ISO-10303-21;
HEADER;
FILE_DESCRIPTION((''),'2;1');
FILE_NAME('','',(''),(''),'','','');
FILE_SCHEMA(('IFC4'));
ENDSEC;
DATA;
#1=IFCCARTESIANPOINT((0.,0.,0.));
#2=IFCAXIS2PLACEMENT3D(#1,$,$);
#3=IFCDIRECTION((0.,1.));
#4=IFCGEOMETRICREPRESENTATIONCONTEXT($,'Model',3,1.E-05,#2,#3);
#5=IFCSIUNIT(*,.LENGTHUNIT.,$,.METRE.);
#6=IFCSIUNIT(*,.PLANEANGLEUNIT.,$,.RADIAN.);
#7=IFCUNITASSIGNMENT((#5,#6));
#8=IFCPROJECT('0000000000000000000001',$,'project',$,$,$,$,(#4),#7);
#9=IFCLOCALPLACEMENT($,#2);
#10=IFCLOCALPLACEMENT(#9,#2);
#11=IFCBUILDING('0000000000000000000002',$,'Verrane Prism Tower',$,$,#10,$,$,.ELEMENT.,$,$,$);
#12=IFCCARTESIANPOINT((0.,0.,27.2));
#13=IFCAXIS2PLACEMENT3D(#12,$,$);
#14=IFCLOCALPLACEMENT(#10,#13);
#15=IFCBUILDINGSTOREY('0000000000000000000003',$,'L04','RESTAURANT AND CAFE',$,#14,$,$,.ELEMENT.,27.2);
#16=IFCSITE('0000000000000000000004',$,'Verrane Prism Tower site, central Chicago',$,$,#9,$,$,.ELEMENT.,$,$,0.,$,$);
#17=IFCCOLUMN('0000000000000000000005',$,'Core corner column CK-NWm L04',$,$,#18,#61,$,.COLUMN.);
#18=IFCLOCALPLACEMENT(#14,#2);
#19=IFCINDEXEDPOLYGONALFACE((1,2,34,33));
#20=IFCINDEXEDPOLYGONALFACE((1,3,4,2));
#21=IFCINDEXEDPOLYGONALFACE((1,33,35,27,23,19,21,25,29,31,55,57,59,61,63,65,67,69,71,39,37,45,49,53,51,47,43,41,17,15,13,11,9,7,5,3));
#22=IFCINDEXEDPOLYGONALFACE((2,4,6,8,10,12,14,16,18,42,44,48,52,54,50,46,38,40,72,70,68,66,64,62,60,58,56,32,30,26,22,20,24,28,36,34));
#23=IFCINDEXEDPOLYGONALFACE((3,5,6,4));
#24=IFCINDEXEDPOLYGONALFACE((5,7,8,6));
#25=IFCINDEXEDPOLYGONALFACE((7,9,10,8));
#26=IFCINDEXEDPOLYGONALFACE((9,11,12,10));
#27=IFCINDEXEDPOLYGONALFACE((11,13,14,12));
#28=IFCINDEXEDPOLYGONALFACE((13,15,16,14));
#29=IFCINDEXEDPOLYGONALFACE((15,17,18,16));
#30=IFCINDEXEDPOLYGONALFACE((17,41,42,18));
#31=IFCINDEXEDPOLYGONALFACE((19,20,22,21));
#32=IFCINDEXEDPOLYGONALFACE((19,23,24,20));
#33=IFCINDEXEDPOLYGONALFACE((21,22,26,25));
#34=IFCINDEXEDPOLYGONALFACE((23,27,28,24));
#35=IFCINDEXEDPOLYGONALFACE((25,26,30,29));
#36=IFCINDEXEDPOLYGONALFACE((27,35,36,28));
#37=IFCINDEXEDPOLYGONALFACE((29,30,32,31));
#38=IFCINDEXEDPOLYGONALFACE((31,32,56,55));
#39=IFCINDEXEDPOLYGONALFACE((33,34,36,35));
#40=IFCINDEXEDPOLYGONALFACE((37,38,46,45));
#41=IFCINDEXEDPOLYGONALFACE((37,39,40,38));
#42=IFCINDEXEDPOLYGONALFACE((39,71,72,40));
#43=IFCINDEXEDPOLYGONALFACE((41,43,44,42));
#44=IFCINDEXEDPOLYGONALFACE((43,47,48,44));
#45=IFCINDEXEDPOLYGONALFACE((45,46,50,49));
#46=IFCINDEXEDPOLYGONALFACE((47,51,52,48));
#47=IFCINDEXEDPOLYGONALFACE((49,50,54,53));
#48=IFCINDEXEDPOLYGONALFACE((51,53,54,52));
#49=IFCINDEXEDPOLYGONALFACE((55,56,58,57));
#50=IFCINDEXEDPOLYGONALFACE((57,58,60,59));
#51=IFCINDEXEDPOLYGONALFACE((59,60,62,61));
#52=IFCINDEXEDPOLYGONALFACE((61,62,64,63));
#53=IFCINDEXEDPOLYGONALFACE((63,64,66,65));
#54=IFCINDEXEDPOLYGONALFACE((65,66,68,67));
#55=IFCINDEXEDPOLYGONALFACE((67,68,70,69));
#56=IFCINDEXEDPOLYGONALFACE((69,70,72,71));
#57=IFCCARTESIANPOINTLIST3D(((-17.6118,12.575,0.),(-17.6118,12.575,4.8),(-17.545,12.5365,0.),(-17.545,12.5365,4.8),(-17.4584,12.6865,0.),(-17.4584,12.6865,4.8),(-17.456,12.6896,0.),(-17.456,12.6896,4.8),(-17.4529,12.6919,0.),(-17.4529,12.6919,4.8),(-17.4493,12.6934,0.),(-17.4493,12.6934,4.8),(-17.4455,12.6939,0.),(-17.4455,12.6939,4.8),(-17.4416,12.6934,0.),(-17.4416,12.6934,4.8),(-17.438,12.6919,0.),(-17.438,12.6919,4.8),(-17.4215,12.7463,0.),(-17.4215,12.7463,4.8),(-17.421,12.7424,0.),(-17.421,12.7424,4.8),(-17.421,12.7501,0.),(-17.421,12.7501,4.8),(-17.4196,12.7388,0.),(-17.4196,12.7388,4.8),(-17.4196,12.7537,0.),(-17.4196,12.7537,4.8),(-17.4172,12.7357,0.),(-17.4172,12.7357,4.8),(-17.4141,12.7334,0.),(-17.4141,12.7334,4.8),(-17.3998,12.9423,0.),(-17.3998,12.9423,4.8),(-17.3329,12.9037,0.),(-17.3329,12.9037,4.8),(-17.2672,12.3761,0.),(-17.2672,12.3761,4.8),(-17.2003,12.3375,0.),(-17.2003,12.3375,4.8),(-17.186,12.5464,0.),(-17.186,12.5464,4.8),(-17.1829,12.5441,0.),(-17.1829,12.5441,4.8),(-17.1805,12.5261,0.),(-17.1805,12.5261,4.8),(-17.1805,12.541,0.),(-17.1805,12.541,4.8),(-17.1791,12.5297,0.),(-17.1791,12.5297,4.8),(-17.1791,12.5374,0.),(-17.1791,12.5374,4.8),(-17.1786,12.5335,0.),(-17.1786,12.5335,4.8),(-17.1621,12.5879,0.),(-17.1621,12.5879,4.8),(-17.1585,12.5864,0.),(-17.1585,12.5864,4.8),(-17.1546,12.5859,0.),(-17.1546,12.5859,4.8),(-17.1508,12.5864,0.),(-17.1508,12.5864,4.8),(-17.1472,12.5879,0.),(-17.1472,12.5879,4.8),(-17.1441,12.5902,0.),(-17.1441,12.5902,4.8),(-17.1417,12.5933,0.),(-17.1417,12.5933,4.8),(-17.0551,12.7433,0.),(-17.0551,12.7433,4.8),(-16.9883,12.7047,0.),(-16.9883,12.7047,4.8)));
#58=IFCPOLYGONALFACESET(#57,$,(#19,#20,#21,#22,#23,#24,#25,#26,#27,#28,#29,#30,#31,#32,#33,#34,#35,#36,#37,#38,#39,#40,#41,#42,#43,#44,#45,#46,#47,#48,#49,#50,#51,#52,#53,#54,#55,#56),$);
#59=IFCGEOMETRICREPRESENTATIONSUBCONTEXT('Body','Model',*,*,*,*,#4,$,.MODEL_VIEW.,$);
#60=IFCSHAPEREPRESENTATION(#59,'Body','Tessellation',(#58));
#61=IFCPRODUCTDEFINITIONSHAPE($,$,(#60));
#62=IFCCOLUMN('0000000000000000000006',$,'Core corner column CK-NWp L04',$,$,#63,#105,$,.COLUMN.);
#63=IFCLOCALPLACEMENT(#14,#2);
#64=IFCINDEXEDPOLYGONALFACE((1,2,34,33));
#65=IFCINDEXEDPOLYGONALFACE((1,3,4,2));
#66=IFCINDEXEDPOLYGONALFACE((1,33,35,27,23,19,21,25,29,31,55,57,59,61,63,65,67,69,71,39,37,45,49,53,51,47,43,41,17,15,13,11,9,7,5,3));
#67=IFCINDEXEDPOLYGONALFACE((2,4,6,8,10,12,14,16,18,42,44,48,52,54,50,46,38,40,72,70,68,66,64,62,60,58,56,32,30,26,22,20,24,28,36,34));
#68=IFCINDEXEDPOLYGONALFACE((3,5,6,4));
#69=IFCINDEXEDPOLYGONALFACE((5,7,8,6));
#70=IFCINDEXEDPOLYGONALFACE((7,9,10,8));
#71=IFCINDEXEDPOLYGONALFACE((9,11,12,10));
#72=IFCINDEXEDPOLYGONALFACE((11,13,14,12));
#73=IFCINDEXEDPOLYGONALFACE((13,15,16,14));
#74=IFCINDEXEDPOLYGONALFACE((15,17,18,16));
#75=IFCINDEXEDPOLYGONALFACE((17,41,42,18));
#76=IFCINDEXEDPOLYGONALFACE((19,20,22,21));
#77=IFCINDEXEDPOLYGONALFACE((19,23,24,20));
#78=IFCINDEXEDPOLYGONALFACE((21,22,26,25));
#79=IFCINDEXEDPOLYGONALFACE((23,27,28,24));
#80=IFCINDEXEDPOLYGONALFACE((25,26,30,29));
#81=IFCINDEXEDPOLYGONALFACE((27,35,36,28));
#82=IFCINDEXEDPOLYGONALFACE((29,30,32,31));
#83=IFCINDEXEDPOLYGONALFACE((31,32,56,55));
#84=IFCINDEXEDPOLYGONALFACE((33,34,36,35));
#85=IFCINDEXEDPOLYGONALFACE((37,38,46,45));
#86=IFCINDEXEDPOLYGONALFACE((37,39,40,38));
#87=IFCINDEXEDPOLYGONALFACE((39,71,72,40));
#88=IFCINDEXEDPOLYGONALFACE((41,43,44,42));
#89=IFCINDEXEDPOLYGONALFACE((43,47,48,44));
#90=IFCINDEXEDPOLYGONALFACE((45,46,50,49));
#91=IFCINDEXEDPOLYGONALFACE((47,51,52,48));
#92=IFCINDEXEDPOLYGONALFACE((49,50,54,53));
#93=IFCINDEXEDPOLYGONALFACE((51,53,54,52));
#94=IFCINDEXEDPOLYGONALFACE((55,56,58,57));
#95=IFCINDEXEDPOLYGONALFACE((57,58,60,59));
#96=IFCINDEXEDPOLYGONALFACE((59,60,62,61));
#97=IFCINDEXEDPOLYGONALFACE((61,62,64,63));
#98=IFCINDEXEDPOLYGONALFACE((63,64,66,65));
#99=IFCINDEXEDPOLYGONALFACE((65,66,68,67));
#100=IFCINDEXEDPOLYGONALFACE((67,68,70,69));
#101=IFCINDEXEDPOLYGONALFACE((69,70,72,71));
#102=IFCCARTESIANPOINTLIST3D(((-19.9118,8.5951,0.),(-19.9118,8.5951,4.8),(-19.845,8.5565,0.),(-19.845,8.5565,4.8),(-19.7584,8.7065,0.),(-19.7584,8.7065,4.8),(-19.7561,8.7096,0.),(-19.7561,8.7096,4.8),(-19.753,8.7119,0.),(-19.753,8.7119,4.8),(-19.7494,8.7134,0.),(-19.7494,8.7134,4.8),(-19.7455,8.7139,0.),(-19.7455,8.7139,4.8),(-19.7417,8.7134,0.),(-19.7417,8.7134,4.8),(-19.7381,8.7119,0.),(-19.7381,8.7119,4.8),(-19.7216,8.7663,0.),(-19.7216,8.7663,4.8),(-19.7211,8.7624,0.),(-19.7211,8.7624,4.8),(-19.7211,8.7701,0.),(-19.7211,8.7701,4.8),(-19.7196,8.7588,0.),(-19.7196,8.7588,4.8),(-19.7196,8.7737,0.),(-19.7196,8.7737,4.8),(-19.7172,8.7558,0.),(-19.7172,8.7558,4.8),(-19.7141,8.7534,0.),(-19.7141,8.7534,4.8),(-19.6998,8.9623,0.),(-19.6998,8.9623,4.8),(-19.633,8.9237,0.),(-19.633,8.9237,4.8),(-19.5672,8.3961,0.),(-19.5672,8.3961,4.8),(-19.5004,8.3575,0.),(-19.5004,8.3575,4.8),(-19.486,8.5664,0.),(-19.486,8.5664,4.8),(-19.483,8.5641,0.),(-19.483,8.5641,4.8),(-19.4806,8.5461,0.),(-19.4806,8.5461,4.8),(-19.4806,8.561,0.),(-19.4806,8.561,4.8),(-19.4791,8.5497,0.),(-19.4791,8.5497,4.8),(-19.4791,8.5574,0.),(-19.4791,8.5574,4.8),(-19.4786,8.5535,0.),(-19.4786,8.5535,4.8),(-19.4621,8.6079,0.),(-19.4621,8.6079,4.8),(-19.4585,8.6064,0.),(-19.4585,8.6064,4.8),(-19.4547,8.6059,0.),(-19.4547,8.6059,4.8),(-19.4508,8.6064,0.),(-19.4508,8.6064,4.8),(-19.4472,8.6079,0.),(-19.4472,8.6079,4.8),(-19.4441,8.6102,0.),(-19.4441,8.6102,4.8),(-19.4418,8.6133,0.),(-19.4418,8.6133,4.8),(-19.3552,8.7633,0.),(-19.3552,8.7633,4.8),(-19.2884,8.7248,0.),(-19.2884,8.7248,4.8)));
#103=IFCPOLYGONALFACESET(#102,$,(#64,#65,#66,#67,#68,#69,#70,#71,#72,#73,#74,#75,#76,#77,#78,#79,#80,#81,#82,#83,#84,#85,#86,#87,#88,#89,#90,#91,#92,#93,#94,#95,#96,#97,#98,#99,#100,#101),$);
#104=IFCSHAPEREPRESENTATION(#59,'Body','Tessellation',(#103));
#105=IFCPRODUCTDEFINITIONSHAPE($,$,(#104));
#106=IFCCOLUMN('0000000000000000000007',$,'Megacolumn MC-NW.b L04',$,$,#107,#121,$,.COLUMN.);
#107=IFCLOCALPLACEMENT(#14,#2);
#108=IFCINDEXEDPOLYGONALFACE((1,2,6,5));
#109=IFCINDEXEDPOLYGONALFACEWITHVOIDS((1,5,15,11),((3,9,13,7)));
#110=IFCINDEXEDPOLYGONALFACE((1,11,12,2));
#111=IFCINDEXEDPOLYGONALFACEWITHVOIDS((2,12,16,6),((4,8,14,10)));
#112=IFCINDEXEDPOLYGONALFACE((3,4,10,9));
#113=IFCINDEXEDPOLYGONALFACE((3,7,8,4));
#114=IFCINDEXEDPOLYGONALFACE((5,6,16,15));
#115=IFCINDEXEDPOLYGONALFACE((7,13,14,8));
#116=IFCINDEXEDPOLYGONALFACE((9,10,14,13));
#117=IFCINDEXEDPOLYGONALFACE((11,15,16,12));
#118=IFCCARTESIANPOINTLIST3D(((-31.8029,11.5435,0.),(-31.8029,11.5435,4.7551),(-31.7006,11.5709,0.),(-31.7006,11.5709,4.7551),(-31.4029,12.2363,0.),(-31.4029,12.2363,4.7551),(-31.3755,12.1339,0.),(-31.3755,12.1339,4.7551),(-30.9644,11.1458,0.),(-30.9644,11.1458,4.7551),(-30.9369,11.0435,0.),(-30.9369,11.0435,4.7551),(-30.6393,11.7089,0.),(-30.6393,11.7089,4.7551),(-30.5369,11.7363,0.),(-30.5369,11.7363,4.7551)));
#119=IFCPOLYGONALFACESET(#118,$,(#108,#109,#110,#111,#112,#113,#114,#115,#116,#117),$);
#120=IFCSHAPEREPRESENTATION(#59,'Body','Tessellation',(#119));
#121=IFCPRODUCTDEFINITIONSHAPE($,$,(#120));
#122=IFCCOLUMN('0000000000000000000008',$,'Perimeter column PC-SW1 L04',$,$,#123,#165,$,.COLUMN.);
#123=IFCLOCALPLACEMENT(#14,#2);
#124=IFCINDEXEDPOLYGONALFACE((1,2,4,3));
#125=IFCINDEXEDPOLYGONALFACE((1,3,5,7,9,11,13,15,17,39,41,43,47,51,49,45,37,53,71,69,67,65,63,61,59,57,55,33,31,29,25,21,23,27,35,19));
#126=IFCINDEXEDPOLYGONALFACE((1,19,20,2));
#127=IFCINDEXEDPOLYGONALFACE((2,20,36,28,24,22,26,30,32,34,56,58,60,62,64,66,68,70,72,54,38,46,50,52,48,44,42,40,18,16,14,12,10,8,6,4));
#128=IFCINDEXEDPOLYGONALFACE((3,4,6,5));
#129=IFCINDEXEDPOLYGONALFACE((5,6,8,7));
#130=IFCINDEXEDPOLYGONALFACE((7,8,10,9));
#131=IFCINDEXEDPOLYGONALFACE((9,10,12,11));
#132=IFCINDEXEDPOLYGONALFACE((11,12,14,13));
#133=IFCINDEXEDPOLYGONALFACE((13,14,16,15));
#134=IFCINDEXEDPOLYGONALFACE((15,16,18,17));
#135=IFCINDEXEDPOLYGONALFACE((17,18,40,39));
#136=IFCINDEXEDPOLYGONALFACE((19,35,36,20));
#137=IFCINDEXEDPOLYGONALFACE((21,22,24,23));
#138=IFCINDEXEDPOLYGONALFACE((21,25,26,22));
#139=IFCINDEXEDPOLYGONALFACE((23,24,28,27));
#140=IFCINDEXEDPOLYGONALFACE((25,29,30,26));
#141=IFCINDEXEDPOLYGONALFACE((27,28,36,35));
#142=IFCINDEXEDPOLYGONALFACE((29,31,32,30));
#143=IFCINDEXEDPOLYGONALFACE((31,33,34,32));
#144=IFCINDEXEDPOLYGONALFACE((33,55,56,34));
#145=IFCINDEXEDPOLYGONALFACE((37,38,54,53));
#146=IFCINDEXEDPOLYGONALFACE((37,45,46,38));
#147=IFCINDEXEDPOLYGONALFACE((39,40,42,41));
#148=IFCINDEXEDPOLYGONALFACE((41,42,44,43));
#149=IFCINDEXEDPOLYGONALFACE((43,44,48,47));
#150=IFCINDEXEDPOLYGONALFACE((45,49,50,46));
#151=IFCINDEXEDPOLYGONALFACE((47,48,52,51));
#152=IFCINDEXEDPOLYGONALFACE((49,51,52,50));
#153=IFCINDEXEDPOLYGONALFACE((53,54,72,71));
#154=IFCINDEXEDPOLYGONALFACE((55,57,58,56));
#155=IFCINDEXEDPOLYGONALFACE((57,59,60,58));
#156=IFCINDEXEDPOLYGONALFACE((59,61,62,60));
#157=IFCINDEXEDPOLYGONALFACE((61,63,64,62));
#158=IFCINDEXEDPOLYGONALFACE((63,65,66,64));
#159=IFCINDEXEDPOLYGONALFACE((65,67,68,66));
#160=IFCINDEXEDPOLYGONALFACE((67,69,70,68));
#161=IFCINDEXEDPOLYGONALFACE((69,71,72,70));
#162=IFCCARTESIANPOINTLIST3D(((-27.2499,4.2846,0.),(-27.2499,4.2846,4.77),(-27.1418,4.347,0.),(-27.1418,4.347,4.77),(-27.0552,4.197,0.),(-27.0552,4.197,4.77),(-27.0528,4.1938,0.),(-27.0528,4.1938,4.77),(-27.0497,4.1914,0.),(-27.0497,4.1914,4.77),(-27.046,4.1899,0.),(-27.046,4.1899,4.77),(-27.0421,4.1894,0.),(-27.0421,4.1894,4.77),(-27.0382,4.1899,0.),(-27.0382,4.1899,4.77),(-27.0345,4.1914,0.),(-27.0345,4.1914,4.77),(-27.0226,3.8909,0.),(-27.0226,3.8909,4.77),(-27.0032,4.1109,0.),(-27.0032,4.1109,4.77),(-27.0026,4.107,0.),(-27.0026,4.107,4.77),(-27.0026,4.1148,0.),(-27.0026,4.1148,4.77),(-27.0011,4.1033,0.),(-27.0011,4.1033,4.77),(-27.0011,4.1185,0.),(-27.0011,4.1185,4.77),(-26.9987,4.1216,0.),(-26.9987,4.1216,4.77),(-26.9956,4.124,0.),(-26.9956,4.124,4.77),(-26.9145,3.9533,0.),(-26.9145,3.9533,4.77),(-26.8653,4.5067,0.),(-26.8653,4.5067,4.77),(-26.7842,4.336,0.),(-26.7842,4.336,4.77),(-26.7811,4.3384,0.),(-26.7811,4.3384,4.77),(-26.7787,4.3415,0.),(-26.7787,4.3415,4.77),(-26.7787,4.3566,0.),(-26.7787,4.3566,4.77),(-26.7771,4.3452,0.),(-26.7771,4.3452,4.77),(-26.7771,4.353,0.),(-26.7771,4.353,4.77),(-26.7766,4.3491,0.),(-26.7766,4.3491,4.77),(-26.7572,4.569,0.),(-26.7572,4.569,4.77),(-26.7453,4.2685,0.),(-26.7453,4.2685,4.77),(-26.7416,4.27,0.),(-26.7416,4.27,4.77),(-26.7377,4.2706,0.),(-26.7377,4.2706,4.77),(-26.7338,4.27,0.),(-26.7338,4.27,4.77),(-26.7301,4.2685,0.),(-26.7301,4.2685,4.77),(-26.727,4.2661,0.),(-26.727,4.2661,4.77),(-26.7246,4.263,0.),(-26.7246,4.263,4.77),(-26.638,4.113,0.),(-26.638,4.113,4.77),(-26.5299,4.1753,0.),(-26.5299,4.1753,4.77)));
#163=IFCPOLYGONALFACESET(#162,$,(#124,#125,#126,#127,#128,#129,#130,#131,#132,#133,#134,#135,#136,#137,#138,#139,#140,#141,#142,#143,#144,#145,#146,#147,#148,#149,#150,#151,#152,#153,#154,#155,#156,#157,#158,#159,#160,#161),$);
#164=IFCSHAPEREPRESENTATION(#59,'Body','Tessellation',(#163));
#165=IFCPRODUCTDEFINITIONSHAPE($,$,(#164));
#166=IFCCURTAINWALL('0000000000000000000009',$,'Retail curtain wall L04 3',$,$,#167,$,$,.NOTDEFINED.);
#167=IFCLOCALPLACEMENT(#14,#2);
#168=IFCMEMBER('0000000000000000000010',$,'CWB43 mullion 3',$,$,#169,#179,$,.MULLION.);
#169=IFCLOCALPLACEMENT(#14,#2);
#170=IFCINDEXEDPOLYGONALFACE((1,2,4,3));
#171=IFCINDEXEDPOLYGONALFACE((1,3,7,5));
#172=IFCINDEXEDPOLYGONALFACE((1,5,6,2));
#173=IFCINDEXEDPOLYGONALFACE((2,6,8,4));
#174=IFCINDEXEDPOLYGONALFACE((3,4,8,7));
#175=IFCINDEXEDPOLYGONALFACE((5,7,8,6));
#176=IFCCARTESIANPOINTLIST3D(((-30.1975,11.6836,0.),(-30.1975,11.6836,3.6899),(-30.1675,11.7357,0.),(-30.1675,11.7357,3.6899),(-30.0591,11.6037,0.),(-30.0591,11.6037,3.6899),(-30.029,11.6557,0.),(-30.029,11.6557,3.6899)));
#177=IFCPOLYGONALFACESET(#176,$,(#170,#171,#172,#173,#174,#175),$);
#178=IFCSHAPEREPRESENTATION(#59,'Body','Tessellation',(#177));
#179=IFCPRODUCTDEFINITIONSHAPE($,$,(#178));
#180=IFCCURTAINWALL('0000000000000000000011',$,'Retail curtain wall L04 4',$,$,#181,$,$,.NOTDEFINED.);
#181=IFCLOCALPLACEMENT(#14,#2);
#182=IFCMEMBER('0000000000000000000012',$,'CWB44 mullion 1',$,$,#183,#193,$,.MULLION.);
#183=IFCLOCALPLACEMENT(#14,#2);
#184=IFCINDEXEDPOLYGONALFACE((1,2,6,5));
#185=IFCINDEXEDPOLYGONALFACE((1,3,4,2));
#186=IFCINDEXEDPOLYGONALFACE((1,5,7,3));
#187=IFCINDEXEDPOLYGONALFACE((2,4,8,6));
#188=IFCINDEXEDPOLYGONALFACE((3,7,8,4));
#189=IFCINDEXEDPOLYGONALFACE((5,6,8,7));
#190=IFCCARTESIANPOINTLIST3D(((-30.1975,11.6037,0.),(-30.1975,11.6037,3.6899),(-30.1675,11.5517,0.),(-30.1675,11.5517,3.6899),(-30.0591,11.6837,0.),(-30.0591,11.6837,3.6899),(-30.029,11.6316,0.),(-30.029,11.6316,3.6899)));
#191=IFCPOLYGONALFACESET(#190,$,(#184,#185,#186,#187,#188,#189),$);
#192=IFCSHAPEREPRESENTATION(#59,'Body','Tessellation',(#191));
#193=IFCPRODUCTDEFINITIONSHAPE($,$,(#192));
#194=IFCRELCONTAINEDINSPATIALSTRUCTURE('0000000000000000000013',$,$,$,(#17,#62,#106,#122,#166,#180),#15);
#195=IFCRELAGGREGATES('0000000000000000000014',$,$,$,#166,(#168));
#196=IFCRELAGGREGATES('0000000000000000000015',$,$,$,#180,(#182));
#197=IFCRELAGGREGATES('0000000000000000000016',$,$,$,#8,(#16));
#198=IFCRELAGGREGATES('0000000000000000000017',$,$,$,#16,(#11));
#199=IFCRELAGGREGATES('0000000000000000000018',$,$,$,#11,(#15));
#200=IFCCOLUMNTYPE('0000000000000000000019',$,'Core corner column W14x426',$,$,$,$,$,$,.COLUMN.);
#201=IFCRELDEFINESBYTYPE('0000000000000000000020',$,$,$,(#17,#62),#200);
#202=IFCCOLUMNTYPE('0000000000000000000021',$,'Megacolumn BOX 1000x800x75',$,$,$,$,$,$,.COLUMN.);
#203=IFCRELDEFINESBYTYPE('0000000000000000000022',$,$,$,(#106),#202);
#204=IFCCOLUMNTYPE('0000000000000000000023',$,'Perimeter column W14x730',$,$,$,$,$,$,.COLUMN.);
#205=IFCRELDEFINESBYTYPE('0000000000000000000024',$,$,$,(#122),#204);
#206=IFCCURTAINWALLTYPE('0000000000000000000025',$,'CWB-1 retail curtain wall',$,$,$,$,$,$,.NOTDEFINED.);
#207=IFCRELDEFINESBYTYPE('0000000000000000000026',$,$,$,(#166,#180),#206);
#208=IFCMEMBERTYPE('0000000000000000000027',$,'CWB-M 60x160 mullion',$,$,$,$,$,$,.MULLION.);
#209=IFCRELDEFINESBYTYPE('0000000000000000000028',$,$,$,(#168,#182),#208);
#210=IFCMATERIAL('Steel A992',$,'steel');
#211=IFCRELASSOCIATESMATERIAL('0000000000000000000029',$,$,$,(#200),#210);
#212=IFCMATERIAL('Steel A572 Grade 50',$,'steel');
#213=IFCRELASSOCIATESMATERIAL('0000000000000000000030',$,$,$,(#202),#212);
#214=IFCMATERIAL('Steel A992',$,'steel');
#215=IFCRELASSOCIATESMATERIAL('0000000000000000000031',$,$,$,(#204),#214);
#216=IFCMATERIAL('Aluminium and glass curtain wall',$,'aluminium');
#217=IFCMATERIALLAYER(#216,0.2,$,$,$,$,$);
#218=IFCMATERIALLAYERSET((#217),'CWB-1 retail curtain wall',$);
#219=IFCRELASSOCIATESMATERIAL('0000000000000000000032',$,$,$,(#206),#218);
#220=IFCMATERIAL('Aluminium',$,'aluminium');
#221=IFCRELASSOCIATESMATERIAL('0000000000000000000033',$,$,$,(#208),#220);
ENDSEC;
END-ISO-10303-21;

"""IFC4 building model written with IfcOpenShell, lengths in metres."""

from ifc_helpers import new_model, si_unit, direction, frame, origin, origin_2d, place, context, subcontext, project, spatial, rectangle, hollow_rectangle, i_section, extrude, material, layer, layer_set, material_profile, profile_set, type_object, element, aggregate, save


model = new_model("IFC4")

# Units and contexts
model_context = context("Model", 3, precision=1e-05, world=origin(), true_north=direction((0.0, 1.0)))
body_context = subcontext(model_context, "Body", "Model", "MODEL_VIEW")
ifc_project = project(units=[si_unit("LENGTHUNIT", "METRE"), si_unit("PLANEANGLEUNIT", "RADIAN")], contexts=[model_context])

# Site, building, storey
site_placement = place(None, origin())
site = spatial("IfcSite", under=ifc_project, at=site_placement, Name="Verrane Prism Tower site, central Chicago", CompositionType="ELEMENT", RefElevation=0.0)
building_placement = place(site_placement, origin())
building = spatial("IfcBuilding", under=site, at=building_placement, Name="Verrane Prism Tower", CompositionType="ELEMENT")
storey_placement = place(building_placement, frame((0.0, 0.0, 27.2)))
storey = spatial("IfcBuildingStorey", under=building, at=storey_placement, Name="L04", Description="RESTAURANT AND CAFE", CompositionType="ELEMENT", Elevation=27.2)

# Columns
ifc_material_1 = material(Name="Steel A992", Category="steel")
ifc_material_profile_1 = material_profile(ifc_material_1, i_section(OverallWidth=0.4241, OverallDepth=0.4751, WebThickness=0.0479, FlangeThickness=0.0771, FilletRadius=0.0149, at=origin_2d()), Name="W14x426")
ifc_profile_set_1 = profile_set([ifc_material_profile_1], Name="Steel A992")
column_type_1 = type_object("IfcColumnType", Name="Core corner column W14x426", PredefinedType="COLUMN", material=ifc_profile_set_1)
for number, where, z_axis, x_axis, name in (
    (1, (-17.3, 12.6399, 0.0), (0.0, 0.0, 1.0), (0.5, 0.866025, 0.0), "Core corner column CK-NWm L04"),
    (2, (-19.6001, 8.6599, 0.0), (0.0, 0.0, 1.0), (0.5, 0.866025, 0.0), "Core corner column CK-NWp L04"),
):
    element("IfcColumn", number, at=place(storey_placement, frame(where, z_axis=z_axis, x_axis=x_axis)), inside=storey, type_object=column_type_1, Name=name, PredefinedType="COLUMN", context=body_context, shape_type="SweptSolid", body=[
        extrude(i_section(OverallWidth=0.4241, OverallDepth=0.4751, WebThickness=0.0479, FlangeThickness=0.0771, FilletRadius=0.0149, at=origin_2d()), origin(), (0.0, 0.0, 1.0), 4.8),
    ])
ifc_material_2 = material(Name="Steel A572 Grade 50", Category="steel")
ifc_material_profile_2 = material_profile(ifc_material_2, hollow_rectangle(XDim=0.8, YDim=1.0, WallThickness=0.075, at=origin_2d()), Name="BOX 1000x800x75")
ifc_profile_set_2 = profile_set([ifc_material_profile_2], Name="Steel A572 Grade 50")
column_type_2 = type_object("IfcColumnType", Name="Megacolumn BOX 1000x800x75", PredefinedType="COLUMN", material=ifc_profile_set_2)
column_1_placement = place(storey_placement, frame((-31.1699, 11.6399, 0.0), z_axis=(0.0, 0.0, 1.0), x_axis=(0.5, 0.866025, 0.0)))
element("IfcColumn", 3, at=column_1_placement, inside=storey, type_object=column_type_2, Name="Megacolumn MC-NW.b L04", PredefinedType="COLUMN", context=body_context, shape_type="SweptSolid", body=[
    extrude(hollow_rectangle(XDim=0.8, YDim=1.0, WallThickness=0.075, at=origin_2d()), origin(), (0.0, 0.0, 1.0), 4.7551),
])
ifc_material_3 = material(Name="Steel A992", Category="steel")
ifc_material_profile_3 = material_profile(ifc_material_3, i_section(OverallWidth=0.4546, OverallDepth=0.5688, WebThickness=0.0779, FlangeThickness=0.1248, FilletRadius=0.0151, at=origin_2d()), Name="W14x730")
ifc_profile_set_3 = profile_set([ifc_material_profile_3], Name="Steel A992")
column_type_3 = type_object("IfcColumnType", Name="Perimeter column W14x730", PredefinedType="COLUMN", material=ifc_profile_set_3)
column_2_placement = place(storey_placement, frame((-26.8899, 4.23, 0.0), z_axis=(0.0, 0.0, 1.0), x_axis=(-0.5, 0.866025, 0.0)))
element("IfcColumn", 4, at=column_2_placement, inside=storey, type_object=column_type_3, Name="Perimeter column PC-SW1 L04", PredefinedType="COLUMN", context=body_context, shape_type="SweptSolid", body=[
    extrude(i_section(OverallWidth=0.4546, OverallDepth=0.5688, WebThickness=0.0779, FlangeThickness=0.1248, FilletRadius=0.0151, at=origin_2d()), origin(), (0.0, 0.0, 1.0), 4.77),
])

# Curtain wall, member
ifc_material_4 = material(Name="Aluminium and glass curtain wall", Category="aluminium")
ifc_layer_1 = layer(ifc_material_4, 0.2)
ifc_layer_set_1 = layer_set([ifc_layer_1], Name="CWB-1 retail curtain wall")
curtain_wall_type = type_object("IfcCurtainWallType", Name="CWB-1 retail curtain wall", PredefinedType="NOTDEFINED", material=ifc_layer_set_1)
curtain_wall_1_placement = place(storey_placement, origin())
curtain_wall_1 = element("IfcCurtainWall", 5, at=curtain_wall_1_placement, inside=storey, type_object=curtain_wall_type, Name="Retail curtain wall L04 3", PredefinedType="NOTDEFINED")
ifc_material_5 = material(Name="Aluminium", Category="aluminium")
ifc_material_profile_4 = material_profile(ifc_material_5, rectangle(XDim=0.1599, YDim=0.0601, at=origin_2d()), Name="CWB-M 60x160 mullion")
ifc_profile_set_4 = profile_set([ifc_material_profile_4], Name="Aluminium")
member_type_1 = type_object("IfcMemberType", Name="CWB-M 60x160 mullion", PredefinedType="MULLION", material=ifc_profile_set_4)
member_1_placement = place(storey_placement, frame((-30.1133, 11.6697, 0.0), z_axis=(0.0, 0.0, 1.0), x_axis=(0.866026, -0.499999, 0.0)))
member_1 = element("IfcMember", 6, at=member_1_placement, type_object=member_type_1, Name="CWB43 mullion 3", PredefinedType="MULLION", context=body_context, shape_type="SweptSolid", body=[
    extrude(rectangle(XDim=0.1599, YDim=0.0601, at=origin_2d()), origin(), (0.0, 0.0, 1.0), 3.6899),
])
aggregate(curtain_wall_1, [member_1])

# Curtain wall, member
curtain_wall_2_placement = place(storey_placement, origin())
curtain_wall_2 = element("IfcCurtainWall", 7, at=curtain_wall_2_placement, inside=storey, type_object=curtain_wall_type, Name="Retail curtain wall L04 4", PredefinedType="NOTDEFINED")
member_2_placement = place(storey_placement, frame((-30.1133, 11.6177, 0.0), z_axis=(0.0, 0.0, 1.0), x_axis=(0.866025, 0.5, 0.0)))
member_2 = element("IfcMember", 8, at=member_2_placement, type_object=member_type_1, Name="CWB44 mullion 1", PredefinedType="MULLION", context=body_context, shape_type="SweptSolid", body=[
    extrude(rectangle(XDim=0.1599, YDim=0.0601, at=origin_2d()), origin(), (0.0, 0.0, 1.0), 3.6899),
])

aggregate(curtain_wall_2, [member_2])

save(model, "model.ifc")
